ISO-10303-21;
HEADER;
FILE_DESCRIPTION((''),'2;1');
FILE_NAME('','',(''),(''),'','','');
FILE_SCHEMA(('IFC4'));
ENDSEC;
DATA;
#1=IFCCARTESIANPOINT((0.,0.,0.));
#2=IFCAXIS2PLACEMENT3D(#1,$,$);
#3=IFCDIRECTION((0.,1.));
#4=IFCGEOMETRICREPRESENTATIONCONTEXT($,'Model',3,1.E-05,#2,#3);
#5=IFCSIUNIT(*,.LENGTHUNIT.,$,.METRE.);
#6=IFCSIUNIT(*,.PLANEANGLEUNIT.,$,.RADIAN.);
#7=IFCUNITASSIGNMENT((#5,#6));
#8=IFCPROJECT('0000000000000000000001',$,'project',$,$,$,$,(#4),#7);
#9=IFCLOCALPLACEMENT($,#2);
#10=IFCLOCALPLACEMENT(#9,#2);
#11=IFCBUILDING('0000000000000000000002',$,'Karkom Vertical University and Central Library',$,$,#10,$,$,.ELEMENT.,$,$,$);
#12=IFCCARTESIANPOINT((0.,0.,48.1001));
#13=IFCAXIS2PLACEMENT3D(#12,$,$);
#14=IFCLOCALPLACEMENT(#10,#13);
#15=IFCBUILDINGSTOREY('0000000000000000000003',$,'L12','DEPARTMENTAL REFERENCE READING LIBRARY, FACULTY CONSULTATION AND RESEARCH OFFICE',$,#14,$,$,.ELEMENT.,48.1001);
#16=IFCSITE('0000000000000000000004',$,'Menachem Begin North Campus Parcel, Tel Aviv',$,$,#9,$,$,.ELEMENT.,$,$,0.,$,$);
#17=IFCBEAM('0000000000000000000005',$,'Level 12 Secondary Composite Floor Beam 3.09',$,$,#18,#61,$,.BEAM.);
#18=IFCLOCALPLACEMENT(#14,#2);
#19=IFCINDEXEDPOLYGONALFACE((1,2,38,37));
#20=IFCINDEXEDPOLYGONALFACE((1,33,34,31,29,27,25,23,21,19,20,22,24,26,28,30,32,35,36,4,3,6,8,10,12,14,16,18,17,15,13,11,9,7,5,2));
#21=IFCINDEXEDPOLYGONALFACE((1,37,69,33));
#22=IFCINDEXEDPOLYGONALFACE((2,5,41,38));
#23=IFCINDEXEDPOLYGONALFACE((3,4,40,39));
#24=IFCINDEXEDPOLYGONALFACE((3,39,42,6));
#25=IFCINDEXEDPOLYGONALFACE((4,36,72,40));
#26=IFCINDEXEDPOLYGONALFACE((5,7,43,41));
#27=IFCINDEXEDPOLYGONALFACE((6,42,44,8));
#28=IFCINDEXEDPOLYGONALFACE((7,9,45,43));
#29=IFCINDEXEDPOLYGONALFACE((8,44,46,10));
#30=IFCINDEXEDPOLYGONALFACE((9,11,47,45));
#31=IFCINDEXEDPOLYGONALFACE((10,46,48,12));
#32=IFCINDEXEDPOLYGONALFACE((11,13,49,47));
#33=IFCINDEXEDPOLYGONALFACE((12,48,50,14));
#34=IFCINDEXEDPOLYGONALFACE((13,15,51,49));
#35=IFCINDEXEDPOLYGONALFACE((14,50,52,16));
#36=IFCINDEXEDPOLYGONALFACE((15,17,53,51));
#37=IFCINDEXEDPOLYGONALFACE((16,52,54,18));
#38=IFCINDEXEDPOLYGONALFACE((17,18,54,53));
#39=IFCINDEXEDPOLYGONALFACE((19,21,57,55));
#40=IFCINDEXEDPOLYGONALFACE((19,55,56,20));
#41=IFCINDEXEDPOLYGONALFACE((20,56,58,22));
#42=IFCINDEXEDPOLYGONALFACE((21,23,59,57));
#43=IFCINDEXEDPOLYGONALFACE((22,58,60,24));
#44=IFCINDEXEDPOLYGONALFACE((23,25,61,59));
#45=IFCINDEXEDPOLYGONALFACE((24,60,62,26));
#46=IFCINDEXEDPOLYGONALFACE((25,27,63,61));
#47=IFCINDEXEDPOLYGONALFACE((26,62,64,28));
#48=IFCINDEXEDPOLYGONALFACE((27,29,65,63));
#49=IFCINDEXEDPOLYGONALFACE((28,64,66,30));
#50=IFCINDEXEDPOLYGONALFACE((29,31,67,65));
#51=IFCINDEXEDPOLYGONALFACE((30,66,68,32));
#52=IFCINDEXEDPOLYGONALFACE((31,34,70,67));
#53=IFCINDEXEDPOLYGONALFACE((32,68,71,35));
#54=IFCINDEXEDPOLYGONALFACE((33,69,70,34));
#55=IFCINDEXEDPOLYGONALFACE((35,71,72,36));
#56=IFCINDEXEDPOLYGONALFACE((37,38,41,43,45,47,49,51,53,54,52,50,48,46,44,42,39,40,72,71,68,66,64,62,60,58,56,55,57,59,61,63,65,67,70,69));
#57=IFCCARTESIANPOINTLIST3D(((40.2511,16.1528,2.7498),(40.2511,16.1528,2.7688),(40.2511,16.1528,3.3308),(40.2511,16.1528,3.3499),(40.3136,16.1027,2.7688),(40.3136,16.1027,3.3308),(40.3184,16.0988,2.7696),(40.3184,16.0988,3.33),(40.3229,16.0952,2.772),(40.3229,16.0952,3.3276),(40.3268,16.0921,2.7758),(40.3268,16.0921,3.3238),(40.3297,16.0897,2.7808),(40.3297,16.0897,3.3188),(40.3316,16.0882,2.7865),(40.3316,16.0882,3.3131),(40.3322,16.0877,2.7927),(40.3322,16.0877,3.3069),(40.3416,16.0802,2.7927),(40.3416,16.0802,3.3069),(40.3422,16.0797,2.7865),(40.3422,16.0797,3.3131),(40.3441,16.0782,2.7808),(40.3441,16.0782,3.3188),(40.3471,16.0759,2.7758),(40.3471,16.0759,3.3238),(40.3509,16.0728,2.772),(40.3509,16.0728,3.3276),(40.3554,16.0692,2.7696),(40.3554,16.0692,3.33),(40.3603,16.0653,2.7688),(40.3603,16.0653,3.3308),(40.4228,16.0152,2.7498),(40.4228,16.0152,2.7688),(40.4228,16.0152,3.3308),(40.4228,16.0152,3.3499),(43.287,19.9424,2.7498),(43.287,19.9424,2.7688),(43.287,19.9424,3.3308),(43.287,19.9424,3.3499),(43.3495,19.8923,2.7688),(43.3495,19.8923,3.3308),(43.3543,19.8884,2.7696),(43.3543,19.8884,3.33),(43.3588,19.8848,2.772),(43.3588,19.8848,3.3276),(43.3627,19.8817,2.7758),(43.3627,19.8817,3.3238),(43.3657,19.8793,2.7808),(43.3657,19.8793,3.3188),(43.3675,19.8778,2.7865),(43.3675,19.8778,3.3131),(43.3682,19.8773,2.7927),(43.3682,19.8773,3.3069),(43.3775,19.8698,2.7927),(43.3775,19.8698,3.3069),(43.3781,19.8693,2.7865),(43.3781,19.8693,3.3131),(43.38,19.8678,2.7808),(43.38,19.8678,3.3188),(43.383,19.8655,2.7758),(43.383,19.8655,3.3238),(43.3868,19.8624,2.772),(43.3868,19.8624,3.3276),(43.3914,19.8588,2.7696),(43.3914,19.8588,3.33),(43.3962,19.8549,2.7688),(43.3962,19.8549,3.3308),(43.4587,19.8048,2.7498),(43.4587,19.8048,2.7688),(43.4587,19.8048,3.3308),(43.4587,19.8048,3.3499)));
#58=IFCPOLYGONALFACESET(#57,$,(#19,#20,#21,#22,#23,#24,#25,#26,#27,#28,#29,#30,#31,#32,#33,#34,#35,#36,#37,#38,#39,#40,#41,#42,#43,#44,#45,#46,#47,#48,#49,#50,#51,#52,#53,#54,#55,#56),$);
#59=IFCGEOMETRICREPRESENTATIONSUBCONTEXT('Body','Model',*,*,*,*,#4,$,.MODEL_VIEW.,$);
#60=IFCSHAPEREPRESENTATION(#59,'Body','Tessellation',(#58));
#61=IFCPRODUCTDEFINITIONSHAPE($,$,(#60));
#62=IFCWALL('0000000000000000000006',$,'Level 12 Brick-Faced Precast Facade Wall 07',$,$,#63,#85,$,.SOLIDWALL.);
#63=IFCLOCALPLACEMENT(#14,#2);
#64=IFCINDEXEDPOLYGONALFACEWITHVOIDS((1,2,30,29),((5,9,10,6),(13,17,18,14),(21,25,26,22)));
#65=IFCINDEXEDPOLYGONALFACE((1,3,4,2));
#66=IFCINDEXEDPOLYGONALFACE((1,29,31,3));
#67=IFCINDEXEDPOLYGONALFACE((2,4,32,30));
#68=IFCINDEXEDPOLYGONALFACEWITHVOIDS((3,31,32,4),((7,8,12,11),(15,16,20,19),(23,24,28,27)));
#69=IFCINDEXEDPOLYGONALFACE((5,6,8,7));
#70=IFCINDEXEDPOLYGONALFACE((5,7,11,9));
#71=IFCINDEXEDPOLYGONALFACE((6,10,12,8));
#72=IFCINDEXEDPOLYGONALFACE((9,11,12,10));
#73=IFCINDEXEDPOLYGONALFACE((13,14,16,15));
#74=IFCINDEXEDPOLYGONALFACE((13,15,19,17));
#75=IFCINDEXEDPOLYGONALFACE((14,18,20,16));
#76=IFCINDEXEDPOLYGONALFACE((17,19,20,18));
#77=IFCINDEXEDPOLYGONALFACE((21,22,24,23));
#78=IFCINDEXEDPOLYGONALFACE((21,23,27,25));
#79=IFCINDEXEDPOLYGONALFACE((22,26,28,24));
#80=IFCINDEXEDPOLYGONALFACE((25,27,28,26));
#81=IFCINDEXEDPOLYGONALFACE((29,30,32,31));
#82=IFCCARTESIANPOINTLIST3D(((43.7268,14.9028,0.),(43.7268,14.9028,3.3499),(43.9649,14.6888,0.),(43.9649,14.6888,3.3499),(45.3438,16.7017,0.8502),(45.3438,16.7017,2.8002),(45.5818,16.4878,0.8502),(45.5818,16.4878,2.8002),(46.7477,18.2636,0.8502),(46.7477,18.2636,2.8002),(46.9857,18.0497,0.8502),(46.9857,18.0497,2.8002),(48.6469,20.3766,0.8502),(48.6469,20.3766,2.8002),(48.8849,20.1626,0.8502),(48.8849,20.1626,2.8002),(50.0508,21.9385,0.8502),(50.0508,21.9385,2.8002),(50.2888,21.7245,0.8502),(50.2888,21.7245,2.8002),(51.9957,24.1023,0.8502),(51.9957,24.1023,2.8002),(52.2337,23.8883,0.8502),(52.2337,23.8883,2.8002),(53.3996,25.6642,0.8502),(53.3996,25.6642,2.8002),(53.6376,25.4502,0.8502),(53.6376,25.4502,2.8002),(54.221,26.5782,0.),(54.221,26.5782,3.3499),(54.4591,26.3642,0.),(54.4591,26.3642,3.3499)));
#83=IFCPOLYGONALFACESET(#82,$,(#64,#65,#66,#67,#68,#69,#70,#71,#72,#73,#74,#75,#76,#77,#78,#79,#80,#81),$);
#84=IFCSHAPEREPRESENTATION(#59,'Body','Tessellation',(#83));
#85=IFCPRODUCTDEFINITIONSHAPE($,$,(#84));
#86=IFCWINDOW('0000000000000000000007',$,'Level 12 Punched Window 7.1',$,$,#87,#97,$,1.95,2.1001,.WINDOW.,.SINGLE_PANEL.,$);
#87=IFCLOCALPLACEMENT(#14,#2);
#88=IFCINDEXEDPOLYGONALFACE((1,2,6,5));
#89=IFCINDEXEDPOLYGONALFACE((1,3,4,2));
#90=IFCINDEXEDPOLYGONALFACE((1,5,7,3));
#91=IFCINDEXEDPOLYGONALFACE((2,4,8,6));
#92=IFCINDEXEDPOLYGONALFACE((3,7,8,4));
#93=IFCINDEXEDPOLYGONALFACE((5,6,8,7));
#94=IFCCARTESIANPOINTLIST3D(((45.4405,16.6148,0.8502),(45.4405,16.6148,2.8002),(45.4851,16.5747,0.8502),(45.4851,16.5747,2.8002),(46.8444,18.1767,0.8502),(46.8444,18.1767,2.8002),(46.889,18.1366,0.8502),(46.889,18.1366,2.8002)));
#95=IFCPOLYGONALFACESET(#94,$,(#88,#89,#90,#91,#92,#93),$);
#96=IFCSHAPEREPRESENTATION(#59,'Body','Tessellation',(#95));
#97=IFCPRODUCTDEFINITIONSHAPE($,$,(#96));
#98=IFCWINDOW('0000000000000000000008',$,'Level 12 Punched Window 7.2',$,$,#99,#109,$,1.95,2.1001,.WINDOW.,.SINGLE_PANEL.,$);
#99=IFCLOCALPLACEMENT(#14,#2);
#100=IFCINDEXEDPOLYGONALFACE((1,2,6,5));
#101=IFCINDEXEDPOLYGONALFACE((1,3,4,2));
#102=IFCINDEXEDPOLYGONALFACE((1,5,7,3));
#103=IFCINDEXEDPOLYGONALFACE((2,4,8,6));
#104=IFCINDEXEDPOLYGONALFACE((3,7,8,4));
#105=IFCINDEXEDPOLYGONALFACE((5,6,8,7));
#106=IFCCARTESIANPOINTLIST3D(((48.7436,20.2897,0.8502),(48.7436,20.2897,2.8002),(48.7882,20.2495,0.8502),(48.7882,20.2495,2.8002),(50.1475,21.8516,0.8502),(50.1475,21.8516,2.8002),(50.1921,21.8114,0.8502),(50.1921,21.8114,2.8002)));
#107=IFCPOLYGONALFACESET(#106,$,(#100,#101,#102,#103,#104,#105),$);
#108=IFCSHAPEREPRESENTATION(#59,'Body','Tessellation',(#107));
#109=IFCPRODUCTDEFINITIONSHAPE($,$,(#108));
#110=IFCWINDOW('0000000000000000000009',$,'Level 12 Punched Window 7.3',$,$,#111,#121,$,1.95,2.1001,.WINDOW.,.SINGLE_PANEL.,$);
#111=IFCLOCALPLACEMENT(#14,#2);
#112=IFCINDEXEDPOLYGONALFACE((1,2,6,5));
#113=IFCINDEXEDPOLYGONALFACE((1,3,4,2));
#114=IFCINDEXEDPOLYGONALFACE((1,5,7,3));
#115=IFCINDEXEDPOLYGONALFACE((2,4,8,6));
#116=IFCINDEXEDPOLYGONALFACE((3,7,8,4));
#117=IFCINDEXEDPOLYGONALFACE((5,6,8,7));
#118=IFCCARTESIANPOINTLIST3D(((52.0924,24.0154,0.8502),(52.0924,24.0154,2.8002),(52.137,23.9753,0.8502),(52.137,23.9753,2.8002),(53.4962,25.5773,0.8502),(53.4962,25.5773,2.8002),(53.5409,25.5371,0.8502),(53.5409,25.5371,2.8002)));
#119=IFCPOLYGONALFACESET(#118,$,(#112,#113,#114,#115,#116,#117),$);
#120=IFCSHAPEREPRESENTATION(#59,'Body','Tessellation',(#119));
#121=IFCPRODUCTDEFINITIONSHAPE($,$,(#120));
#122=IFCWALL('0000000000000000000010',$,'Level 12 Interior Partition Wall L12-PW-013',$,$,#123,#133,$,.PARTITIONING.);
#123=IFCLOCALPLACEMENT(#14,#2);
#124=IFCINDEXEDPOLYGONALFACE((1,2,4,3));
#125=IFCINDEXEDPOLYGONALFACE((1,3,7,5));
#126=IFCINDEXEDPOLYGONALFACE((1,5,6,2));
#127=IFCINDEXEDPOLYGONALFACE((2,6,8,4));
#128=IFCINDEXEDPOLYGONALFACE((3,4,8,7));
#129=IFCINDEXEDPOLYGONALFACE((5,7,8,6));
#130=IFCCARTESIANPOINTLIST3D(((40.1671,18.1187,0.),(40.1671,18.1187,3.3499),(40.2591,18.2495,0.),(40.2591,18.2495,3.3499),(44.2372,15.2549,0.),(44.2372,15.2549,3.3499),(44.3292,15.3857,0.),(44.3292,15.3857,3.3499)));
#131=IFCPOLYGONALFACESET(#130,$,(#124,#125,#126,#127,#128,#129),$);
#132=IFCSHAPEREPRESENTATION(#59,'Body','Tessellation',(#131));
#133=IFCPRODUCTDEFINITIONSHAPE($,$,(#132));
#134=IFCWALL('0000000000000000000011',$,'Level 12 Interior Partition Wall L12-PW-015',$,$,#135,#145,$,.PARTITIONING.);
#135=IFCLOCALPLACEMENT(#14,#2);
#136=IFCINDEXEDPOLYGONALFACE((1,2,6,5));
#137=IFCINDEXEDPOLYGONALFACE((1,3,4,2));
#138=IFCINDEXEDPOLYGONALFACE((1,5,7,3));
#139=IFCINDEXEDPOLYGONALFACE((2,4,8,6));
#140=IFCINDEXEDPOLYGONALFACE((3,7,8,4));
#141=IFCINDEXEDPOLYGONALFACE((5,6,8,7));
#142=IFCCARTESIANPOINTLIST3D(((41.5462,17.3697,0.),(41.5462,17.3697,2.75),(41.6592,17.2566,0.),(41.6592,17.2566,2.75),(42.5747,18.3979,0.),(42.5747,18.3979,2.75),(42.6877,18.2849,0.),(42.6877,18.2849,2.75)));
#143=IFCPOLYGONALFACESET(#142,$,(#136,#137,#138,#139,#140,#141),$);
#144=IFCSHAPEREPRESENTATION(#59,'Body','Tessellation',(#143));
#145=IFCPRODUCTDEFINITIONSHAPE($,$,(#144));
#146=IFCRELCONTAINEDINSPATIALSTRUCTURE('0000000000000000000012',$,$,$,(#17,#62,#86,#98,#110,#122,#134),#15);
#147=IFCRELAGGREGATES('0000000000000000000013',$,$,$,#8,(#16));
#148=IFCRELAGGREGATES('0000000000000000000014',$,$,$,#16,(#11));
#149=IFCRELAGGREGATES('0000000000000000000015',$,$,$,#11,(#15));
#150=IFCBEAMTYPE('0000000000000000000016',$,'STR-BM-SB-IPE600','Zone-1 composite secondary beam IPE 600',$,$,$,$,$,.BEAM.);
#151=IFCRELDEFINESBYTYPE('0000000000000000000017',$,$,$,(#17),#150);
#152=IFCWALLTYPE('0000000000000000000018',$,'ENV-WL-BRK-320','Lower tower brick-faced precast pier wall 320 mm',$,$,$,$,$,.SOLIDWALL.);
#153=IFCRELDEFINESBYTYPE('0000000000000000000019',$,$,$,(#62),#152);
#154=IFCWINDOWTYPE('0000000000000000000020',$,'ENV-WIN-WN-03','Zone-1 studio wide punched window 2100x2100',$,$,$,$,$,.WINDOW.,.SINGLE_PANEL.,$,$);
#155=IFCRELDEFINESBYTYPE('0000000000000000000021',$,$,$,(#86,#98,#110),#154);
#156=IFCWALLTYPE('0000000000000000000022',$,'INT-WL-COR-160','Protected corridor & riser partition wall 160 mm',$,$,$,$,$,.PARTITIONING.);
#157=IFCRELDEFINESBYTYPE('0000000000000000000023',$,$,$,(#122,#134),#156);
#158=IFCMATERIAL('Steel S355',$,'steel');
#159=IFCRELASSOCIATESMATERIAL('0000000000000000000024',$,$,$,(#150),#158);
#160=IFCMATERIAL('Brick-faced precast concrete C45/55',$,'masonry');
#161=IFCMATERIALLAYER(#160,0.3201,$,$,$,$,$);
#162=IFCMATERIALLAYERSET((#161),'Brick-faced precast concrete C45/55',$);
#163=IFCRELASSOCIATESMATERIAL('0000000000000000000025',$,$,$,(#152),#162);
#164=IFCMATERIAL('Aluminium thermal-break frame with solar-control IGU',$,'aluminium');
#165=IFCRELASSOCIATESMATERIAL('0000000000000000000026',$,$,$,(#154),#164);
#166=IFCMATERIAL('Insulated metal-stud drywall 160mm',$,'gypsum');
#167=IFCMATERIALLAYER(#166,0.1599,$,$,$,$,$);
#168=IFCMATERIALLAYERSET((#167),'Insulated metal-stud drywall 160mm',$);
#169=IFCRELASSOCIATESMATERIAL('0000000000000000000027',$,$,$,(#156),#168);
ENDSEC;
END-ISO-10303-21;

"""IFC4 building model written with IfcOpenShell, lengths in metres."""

from ifc_helpers import new_model, si_unit, direction, frame, frame_2d, origin, origin_with_axes, origin_2d, place, context, subcontext, project, spatial, rectangle, i_section, extrude, source, transform, mapped, material, layer, layer_set, material_profile, profile_set, type_object, element, fill, save


model = new_model("IFC4")

# Units and contexts
model_context = context("Model", 3, precision=1e-05, world=origin(), true_north=direction((0.0, 1.0)))
body_context = subcontext(model_context, "Body", "Model", "MODEL_VIEW")
ifc_project = project(units=[si_unit("LENGTHUNIT", "METRE"), si_unit("PLANEANGLEUNIT", "RADIAN")], contexts=[model_context])

# Site, building, storey
site_placement = place(None, origin())
site = spatial("IfcSite", under=ifc_project, at=site_placement, Name="Menachem Begin North Campus Parcel, Tel Aviv", CompositionType="ELEMENT", RefElevation=0.0)
building_placement = place(site_placement, origin())
building = spatial("IfcBuilding", under=site, at=building_placement, Name="Karkom Vertical University and Central Library", CompositionType="ELEMENT")
storey_placement = place(building_placement, frame((0.0, 0.0, 48.1001)))
storey = spatial("IfcBuildingStorey", under=building, at=storey_placement, Name="L12", Description="DEPARTMENTAL REFERENCE READING LIBRARY, FACULTY CONSULTATION AND RESEARCH OFFICE", CompositionType="ELEMENT", Elevation=48.1001)

# Beam
ifc_material_1 = material(Name="Steel S355", Category="steel")
ifc_material_profile_1 = material_profile(ifc_material_1, i_section(OverallWidth=0.22, OverallDepth=0.6001, WebThickness=0.012, FlangeThickness=0.019, FilletRadius=0.0239, at=origin_2d()), Name="IPE 600")
ifc_profile_set_1 = profile_set([ifc_material_profile_1], Name="Steel S355")
beam_type_1 = type_object("IfcBeamType", Name="STR-BM-SB-IPE600", Description="Zone-1 composite secondary beam IPE 600", PredefinedType="BEAM", material=ifc_profile_set_1)
shared_shape_1 = source(origin_with_axes(), body_context, "Body", "SweptSolid", [
    extrude(i_section(OverallWidth=0.22, OverallDepth=0.6001, WebThickness=0.012, FlangeThickness=0.019, FilletRadius=0.0239, at=origin_2d()), origin(), (0.0, 0.0, 1.0), 4.8557),
])
beam_1_placement = place(storey_placement, frame((40.3369, 16.084, 3.0498), z_axis=(0.625228, 0.780442, 0.0), x_axis=(-0.780442, 0.625228, 0.0)))
element("IfcBeam", 1, at=beam_1_placement, inside=storey, type_object=beam_type_1, Name="Level 12 Secondary Composite Floor Beam 3.09", PredefinedType="BEAM", context=body_context, shape_type="MappedRepresentation", body=[
    mapped(shared_shape_1, transform((0.0, 0.0, 0.0), scale=1.0)),
])

# Wall, openings, windows
ifc_material_2 = material(Name="Brick-faced precast concrete C45/55", Category="masonry")
ifc_layer_1 = layer(ifc_material_2, 0.3201)
ifc_layer_set_1 = layer_set([ifc_layer_1], Name="Brick-faced precast concrete C45/55")
wall_type_1 = type_object("IfcWallType", Name="ENV-WL-BRK-320", Description="Lower tower brick-faced precast pier wall 320 mm", PredefinedType="SOLIDWALL", material=ifc_layer_set_1)
wall_1_placement = place(storey_placement, frame((43.8459, 14.7959, 0.0), z_axis=(0.0, 0.0, 1.0), x_axis=(0.668485, 0.743725, 0.0)))
wall_1 = element("IfcWall", 2, at=wall_1_placement, inside=storey, type_object=wall_type_1, Name="Level 12 Brick-Faced Precast Facade Wall 07", PredefinedType="SOLIDWALL", context=body_context, shape_type="SweptSolid", body=[
    extrude(rectangle(XDim=15.6985, YDim=0.3201, at=frame_2d((7.8491, 0.0))), origin(), (0.0, 0.0, 1.0), 3.3499),
])
opening_1_placement = place(wall_1_placement, frame((2.4187, 0.0, 0.8501)))
opening_1 = element("IfcOpeningElement", 3, at=opening_1_placement, cuts=wall_1, PredefinedType="OPENING", context=body_context, shape_type="SweptSolid", body=[
    extrude(rectangle(XDim=2.1001, YDim=1.95, at=frame_2d((1.05, 0.9751))), frame((0.0, 0.1699, 0.0), z_axis=(0.0, -1.0, 0.0), x_axis=(1.0, 0.0, 0.0)), (0.0, 0.0, 1.0), 0.3401),
])
opening_2_placement = place(wall_1_placement, frame((7.3599, 0.0, 0.8501)))
opening_2 = element("IfcOpeningElement", 4, at=opening_2_placement, cuts=wall_1, PredefinedType="OPENING", context=body_context, shape_type="SweptSolid", body=[
    extrude(rectangle(XDim=2.1001, YDim=1.95, at=frame_2d((1.05, 0.9751))), frame((0.0, 0.1699, 0.0), z_axis=(0.0, -1.0, 0.0), x_axis=(1.0, 0.0, 0.0)), (0.0, 0.0, 1.0), 0.3401),
])
opening_3_placement = place(wall_1_placement, frame((12.3694, 0.0, 0.8501)))
opening_3 = element("IfcOpeningElement", 5, at=opening_3_placement, cuts=wall_1, PredefinedType="OPENING", context=body_context, shape_type="SweptSolid", body=[
    extrude(rectangle(XDim=2.1001, YDim=1.95, at=frame_2d((1.05, 0.9751))), frame((0.0, 0.1699, 0.0), z_axis=(0.0, -1.0, 0.0), x_axis=(1.0, 0.0, 0.0)), (0.0, 0.0, 1.0), 0.3401),
])
ifc_material_3 = material(Name="Aluminium thermal-break frame with solar-control IGU", Category="aluminium")
window_type = type_object("IfcWindowType", Name="ENV-WIN-WN-03", Description="Zone-1 studio wide punched window 2100x2100", PartitioningType="SINGLE_PANEL", PredefinedType="WINDOW", material=ifc_material_3)
shared_shape_2 = source(origin_with_axes(), body_context, "Body", "SweptSolid", [
    extrude(rectangle(XDim=2.1001, YDim=1.95, at=frame_2d((1.05, 0.9751))), frame((0.0, 0.03, 0.0), z_axis=(0.0, -1.0, 0.0), x_axis=(1.0, 0.0, 0.0)), (0.0, 0.0, 1.0), 0.0601),
])
window_1_placement = place(opening_1_placement, origin())
window_1 = element("IfcWindow", 6, at=window_1_placement, inside=storey, type_object=window_type, Name="Level 12 Punched Window 7.1", OverallHeight=1.95, OverallWidth=2.1001, PartitioningType="SINGLE_PANEL", PredefinedType="WINDOW", context=body_context, shape_type="MappedRepresentation", body=[
    mapped(shared_shape_2, transform((0.0, 0.0, 0.0), scale=1.0)),
])
fill(opening_1, window_1)
window_2_placement = place(opening_2_placement, origin())
window_2 = element("IfcWindow", 7, at=window_2_placement, inside=storey, type_object=window_type, Name="Level 12 Punched Window 7.2", OverallHeight=1.95, OverallWidth=2.1001, PartitioningType="SINGLE_PANEL", PredefinedType="WINDOW", context=body_context, shape_type="MappedRepresentation", body=[
    mapped(shared_shape_2, transform((0.0, 0.0, 0.0), scale=1.0)),
])
fill(opening_2, window_2)
window_3_placement = place(opening_3_placement, origin())
window_3 = element("IfcWindow", 8, at=window_3_placement, inside=storey, type_object=window_type, Name="Level 12 Punched Window 7.3", OverallHeight=1.95, OverallWidth=2.1001, PartitioningType="SINGLE_PANEL", PredefinedType="WINDOW", context=body_context, shape_type="MappedRepresentation", body=[
    mapped(shared_shape_2, transform((0.0, 0.0, 0.0), scale=1.0)),
])
fill(opening_3, window_3)

# Shared definitions
ifc_material_4 = material(Name="Insulated metal-stud drywall 160mm", Category="gypsum")
ifc_layer_2 = layer(ifc_material_4, 0.1599)
ifc_layer_set_2 = layer_set([ifc_layer_2], Name="Insulated metal-stud drywall 160mm")
wall_type_2 = type_object("IfcWallType", Name="INT-WL-COR-160", Description="Protected corridor & riser partition wall 160 mm", PredefinedType="PARTITIONING", material=ifc_layer_set_2)

# Walls
wall_2_placement = place(storey_placement, frame((40.2131, 18.1841, 0.0), z_axis=(0.0, 0.0, 1.0), x_axis=(0.81784, -0.575446, 0.0)))
element("IfcWall", 9, at=wall_2_placement, inside=storey, type_object=wall_type_2, Name="Level 12 Interior Partition Wall L12-PW-013", PredefinedType="PARTITIONING", context=body_context, shape_type="SweptSolid", body=[
    extrude(rectangle(XDim=4.9766, YDim=0.1599, at=frame_2d((2.4883, 0.0))), origin(), (0.0, 0.0, 1.0), 3.3499),
])
wall_3_placement = place(storey_placement, frame((42.6311, 18.3413, 0.0), z_axis=(0.0, 0.0, 1.0), x_axis=(-0.707191, -0.707023, 0.0)))
element("IfcWall", 10, at=wall_3_placement, inside=storey, type_object=wall_type_2, Name="Level 12 Interior Partition Wall L12-PW-015", PredefinedType="PARTITIONING", context=body_context, shape_type="SweptSolid", body=[
    extrude(rectangle(XDim=1.4543, YDim=0.1599, at=frame_2d((0.7271, 0.0))), origin(), (0.0, 0.0, 1.0), 2.75),
])

save(model, "model.ifc")
